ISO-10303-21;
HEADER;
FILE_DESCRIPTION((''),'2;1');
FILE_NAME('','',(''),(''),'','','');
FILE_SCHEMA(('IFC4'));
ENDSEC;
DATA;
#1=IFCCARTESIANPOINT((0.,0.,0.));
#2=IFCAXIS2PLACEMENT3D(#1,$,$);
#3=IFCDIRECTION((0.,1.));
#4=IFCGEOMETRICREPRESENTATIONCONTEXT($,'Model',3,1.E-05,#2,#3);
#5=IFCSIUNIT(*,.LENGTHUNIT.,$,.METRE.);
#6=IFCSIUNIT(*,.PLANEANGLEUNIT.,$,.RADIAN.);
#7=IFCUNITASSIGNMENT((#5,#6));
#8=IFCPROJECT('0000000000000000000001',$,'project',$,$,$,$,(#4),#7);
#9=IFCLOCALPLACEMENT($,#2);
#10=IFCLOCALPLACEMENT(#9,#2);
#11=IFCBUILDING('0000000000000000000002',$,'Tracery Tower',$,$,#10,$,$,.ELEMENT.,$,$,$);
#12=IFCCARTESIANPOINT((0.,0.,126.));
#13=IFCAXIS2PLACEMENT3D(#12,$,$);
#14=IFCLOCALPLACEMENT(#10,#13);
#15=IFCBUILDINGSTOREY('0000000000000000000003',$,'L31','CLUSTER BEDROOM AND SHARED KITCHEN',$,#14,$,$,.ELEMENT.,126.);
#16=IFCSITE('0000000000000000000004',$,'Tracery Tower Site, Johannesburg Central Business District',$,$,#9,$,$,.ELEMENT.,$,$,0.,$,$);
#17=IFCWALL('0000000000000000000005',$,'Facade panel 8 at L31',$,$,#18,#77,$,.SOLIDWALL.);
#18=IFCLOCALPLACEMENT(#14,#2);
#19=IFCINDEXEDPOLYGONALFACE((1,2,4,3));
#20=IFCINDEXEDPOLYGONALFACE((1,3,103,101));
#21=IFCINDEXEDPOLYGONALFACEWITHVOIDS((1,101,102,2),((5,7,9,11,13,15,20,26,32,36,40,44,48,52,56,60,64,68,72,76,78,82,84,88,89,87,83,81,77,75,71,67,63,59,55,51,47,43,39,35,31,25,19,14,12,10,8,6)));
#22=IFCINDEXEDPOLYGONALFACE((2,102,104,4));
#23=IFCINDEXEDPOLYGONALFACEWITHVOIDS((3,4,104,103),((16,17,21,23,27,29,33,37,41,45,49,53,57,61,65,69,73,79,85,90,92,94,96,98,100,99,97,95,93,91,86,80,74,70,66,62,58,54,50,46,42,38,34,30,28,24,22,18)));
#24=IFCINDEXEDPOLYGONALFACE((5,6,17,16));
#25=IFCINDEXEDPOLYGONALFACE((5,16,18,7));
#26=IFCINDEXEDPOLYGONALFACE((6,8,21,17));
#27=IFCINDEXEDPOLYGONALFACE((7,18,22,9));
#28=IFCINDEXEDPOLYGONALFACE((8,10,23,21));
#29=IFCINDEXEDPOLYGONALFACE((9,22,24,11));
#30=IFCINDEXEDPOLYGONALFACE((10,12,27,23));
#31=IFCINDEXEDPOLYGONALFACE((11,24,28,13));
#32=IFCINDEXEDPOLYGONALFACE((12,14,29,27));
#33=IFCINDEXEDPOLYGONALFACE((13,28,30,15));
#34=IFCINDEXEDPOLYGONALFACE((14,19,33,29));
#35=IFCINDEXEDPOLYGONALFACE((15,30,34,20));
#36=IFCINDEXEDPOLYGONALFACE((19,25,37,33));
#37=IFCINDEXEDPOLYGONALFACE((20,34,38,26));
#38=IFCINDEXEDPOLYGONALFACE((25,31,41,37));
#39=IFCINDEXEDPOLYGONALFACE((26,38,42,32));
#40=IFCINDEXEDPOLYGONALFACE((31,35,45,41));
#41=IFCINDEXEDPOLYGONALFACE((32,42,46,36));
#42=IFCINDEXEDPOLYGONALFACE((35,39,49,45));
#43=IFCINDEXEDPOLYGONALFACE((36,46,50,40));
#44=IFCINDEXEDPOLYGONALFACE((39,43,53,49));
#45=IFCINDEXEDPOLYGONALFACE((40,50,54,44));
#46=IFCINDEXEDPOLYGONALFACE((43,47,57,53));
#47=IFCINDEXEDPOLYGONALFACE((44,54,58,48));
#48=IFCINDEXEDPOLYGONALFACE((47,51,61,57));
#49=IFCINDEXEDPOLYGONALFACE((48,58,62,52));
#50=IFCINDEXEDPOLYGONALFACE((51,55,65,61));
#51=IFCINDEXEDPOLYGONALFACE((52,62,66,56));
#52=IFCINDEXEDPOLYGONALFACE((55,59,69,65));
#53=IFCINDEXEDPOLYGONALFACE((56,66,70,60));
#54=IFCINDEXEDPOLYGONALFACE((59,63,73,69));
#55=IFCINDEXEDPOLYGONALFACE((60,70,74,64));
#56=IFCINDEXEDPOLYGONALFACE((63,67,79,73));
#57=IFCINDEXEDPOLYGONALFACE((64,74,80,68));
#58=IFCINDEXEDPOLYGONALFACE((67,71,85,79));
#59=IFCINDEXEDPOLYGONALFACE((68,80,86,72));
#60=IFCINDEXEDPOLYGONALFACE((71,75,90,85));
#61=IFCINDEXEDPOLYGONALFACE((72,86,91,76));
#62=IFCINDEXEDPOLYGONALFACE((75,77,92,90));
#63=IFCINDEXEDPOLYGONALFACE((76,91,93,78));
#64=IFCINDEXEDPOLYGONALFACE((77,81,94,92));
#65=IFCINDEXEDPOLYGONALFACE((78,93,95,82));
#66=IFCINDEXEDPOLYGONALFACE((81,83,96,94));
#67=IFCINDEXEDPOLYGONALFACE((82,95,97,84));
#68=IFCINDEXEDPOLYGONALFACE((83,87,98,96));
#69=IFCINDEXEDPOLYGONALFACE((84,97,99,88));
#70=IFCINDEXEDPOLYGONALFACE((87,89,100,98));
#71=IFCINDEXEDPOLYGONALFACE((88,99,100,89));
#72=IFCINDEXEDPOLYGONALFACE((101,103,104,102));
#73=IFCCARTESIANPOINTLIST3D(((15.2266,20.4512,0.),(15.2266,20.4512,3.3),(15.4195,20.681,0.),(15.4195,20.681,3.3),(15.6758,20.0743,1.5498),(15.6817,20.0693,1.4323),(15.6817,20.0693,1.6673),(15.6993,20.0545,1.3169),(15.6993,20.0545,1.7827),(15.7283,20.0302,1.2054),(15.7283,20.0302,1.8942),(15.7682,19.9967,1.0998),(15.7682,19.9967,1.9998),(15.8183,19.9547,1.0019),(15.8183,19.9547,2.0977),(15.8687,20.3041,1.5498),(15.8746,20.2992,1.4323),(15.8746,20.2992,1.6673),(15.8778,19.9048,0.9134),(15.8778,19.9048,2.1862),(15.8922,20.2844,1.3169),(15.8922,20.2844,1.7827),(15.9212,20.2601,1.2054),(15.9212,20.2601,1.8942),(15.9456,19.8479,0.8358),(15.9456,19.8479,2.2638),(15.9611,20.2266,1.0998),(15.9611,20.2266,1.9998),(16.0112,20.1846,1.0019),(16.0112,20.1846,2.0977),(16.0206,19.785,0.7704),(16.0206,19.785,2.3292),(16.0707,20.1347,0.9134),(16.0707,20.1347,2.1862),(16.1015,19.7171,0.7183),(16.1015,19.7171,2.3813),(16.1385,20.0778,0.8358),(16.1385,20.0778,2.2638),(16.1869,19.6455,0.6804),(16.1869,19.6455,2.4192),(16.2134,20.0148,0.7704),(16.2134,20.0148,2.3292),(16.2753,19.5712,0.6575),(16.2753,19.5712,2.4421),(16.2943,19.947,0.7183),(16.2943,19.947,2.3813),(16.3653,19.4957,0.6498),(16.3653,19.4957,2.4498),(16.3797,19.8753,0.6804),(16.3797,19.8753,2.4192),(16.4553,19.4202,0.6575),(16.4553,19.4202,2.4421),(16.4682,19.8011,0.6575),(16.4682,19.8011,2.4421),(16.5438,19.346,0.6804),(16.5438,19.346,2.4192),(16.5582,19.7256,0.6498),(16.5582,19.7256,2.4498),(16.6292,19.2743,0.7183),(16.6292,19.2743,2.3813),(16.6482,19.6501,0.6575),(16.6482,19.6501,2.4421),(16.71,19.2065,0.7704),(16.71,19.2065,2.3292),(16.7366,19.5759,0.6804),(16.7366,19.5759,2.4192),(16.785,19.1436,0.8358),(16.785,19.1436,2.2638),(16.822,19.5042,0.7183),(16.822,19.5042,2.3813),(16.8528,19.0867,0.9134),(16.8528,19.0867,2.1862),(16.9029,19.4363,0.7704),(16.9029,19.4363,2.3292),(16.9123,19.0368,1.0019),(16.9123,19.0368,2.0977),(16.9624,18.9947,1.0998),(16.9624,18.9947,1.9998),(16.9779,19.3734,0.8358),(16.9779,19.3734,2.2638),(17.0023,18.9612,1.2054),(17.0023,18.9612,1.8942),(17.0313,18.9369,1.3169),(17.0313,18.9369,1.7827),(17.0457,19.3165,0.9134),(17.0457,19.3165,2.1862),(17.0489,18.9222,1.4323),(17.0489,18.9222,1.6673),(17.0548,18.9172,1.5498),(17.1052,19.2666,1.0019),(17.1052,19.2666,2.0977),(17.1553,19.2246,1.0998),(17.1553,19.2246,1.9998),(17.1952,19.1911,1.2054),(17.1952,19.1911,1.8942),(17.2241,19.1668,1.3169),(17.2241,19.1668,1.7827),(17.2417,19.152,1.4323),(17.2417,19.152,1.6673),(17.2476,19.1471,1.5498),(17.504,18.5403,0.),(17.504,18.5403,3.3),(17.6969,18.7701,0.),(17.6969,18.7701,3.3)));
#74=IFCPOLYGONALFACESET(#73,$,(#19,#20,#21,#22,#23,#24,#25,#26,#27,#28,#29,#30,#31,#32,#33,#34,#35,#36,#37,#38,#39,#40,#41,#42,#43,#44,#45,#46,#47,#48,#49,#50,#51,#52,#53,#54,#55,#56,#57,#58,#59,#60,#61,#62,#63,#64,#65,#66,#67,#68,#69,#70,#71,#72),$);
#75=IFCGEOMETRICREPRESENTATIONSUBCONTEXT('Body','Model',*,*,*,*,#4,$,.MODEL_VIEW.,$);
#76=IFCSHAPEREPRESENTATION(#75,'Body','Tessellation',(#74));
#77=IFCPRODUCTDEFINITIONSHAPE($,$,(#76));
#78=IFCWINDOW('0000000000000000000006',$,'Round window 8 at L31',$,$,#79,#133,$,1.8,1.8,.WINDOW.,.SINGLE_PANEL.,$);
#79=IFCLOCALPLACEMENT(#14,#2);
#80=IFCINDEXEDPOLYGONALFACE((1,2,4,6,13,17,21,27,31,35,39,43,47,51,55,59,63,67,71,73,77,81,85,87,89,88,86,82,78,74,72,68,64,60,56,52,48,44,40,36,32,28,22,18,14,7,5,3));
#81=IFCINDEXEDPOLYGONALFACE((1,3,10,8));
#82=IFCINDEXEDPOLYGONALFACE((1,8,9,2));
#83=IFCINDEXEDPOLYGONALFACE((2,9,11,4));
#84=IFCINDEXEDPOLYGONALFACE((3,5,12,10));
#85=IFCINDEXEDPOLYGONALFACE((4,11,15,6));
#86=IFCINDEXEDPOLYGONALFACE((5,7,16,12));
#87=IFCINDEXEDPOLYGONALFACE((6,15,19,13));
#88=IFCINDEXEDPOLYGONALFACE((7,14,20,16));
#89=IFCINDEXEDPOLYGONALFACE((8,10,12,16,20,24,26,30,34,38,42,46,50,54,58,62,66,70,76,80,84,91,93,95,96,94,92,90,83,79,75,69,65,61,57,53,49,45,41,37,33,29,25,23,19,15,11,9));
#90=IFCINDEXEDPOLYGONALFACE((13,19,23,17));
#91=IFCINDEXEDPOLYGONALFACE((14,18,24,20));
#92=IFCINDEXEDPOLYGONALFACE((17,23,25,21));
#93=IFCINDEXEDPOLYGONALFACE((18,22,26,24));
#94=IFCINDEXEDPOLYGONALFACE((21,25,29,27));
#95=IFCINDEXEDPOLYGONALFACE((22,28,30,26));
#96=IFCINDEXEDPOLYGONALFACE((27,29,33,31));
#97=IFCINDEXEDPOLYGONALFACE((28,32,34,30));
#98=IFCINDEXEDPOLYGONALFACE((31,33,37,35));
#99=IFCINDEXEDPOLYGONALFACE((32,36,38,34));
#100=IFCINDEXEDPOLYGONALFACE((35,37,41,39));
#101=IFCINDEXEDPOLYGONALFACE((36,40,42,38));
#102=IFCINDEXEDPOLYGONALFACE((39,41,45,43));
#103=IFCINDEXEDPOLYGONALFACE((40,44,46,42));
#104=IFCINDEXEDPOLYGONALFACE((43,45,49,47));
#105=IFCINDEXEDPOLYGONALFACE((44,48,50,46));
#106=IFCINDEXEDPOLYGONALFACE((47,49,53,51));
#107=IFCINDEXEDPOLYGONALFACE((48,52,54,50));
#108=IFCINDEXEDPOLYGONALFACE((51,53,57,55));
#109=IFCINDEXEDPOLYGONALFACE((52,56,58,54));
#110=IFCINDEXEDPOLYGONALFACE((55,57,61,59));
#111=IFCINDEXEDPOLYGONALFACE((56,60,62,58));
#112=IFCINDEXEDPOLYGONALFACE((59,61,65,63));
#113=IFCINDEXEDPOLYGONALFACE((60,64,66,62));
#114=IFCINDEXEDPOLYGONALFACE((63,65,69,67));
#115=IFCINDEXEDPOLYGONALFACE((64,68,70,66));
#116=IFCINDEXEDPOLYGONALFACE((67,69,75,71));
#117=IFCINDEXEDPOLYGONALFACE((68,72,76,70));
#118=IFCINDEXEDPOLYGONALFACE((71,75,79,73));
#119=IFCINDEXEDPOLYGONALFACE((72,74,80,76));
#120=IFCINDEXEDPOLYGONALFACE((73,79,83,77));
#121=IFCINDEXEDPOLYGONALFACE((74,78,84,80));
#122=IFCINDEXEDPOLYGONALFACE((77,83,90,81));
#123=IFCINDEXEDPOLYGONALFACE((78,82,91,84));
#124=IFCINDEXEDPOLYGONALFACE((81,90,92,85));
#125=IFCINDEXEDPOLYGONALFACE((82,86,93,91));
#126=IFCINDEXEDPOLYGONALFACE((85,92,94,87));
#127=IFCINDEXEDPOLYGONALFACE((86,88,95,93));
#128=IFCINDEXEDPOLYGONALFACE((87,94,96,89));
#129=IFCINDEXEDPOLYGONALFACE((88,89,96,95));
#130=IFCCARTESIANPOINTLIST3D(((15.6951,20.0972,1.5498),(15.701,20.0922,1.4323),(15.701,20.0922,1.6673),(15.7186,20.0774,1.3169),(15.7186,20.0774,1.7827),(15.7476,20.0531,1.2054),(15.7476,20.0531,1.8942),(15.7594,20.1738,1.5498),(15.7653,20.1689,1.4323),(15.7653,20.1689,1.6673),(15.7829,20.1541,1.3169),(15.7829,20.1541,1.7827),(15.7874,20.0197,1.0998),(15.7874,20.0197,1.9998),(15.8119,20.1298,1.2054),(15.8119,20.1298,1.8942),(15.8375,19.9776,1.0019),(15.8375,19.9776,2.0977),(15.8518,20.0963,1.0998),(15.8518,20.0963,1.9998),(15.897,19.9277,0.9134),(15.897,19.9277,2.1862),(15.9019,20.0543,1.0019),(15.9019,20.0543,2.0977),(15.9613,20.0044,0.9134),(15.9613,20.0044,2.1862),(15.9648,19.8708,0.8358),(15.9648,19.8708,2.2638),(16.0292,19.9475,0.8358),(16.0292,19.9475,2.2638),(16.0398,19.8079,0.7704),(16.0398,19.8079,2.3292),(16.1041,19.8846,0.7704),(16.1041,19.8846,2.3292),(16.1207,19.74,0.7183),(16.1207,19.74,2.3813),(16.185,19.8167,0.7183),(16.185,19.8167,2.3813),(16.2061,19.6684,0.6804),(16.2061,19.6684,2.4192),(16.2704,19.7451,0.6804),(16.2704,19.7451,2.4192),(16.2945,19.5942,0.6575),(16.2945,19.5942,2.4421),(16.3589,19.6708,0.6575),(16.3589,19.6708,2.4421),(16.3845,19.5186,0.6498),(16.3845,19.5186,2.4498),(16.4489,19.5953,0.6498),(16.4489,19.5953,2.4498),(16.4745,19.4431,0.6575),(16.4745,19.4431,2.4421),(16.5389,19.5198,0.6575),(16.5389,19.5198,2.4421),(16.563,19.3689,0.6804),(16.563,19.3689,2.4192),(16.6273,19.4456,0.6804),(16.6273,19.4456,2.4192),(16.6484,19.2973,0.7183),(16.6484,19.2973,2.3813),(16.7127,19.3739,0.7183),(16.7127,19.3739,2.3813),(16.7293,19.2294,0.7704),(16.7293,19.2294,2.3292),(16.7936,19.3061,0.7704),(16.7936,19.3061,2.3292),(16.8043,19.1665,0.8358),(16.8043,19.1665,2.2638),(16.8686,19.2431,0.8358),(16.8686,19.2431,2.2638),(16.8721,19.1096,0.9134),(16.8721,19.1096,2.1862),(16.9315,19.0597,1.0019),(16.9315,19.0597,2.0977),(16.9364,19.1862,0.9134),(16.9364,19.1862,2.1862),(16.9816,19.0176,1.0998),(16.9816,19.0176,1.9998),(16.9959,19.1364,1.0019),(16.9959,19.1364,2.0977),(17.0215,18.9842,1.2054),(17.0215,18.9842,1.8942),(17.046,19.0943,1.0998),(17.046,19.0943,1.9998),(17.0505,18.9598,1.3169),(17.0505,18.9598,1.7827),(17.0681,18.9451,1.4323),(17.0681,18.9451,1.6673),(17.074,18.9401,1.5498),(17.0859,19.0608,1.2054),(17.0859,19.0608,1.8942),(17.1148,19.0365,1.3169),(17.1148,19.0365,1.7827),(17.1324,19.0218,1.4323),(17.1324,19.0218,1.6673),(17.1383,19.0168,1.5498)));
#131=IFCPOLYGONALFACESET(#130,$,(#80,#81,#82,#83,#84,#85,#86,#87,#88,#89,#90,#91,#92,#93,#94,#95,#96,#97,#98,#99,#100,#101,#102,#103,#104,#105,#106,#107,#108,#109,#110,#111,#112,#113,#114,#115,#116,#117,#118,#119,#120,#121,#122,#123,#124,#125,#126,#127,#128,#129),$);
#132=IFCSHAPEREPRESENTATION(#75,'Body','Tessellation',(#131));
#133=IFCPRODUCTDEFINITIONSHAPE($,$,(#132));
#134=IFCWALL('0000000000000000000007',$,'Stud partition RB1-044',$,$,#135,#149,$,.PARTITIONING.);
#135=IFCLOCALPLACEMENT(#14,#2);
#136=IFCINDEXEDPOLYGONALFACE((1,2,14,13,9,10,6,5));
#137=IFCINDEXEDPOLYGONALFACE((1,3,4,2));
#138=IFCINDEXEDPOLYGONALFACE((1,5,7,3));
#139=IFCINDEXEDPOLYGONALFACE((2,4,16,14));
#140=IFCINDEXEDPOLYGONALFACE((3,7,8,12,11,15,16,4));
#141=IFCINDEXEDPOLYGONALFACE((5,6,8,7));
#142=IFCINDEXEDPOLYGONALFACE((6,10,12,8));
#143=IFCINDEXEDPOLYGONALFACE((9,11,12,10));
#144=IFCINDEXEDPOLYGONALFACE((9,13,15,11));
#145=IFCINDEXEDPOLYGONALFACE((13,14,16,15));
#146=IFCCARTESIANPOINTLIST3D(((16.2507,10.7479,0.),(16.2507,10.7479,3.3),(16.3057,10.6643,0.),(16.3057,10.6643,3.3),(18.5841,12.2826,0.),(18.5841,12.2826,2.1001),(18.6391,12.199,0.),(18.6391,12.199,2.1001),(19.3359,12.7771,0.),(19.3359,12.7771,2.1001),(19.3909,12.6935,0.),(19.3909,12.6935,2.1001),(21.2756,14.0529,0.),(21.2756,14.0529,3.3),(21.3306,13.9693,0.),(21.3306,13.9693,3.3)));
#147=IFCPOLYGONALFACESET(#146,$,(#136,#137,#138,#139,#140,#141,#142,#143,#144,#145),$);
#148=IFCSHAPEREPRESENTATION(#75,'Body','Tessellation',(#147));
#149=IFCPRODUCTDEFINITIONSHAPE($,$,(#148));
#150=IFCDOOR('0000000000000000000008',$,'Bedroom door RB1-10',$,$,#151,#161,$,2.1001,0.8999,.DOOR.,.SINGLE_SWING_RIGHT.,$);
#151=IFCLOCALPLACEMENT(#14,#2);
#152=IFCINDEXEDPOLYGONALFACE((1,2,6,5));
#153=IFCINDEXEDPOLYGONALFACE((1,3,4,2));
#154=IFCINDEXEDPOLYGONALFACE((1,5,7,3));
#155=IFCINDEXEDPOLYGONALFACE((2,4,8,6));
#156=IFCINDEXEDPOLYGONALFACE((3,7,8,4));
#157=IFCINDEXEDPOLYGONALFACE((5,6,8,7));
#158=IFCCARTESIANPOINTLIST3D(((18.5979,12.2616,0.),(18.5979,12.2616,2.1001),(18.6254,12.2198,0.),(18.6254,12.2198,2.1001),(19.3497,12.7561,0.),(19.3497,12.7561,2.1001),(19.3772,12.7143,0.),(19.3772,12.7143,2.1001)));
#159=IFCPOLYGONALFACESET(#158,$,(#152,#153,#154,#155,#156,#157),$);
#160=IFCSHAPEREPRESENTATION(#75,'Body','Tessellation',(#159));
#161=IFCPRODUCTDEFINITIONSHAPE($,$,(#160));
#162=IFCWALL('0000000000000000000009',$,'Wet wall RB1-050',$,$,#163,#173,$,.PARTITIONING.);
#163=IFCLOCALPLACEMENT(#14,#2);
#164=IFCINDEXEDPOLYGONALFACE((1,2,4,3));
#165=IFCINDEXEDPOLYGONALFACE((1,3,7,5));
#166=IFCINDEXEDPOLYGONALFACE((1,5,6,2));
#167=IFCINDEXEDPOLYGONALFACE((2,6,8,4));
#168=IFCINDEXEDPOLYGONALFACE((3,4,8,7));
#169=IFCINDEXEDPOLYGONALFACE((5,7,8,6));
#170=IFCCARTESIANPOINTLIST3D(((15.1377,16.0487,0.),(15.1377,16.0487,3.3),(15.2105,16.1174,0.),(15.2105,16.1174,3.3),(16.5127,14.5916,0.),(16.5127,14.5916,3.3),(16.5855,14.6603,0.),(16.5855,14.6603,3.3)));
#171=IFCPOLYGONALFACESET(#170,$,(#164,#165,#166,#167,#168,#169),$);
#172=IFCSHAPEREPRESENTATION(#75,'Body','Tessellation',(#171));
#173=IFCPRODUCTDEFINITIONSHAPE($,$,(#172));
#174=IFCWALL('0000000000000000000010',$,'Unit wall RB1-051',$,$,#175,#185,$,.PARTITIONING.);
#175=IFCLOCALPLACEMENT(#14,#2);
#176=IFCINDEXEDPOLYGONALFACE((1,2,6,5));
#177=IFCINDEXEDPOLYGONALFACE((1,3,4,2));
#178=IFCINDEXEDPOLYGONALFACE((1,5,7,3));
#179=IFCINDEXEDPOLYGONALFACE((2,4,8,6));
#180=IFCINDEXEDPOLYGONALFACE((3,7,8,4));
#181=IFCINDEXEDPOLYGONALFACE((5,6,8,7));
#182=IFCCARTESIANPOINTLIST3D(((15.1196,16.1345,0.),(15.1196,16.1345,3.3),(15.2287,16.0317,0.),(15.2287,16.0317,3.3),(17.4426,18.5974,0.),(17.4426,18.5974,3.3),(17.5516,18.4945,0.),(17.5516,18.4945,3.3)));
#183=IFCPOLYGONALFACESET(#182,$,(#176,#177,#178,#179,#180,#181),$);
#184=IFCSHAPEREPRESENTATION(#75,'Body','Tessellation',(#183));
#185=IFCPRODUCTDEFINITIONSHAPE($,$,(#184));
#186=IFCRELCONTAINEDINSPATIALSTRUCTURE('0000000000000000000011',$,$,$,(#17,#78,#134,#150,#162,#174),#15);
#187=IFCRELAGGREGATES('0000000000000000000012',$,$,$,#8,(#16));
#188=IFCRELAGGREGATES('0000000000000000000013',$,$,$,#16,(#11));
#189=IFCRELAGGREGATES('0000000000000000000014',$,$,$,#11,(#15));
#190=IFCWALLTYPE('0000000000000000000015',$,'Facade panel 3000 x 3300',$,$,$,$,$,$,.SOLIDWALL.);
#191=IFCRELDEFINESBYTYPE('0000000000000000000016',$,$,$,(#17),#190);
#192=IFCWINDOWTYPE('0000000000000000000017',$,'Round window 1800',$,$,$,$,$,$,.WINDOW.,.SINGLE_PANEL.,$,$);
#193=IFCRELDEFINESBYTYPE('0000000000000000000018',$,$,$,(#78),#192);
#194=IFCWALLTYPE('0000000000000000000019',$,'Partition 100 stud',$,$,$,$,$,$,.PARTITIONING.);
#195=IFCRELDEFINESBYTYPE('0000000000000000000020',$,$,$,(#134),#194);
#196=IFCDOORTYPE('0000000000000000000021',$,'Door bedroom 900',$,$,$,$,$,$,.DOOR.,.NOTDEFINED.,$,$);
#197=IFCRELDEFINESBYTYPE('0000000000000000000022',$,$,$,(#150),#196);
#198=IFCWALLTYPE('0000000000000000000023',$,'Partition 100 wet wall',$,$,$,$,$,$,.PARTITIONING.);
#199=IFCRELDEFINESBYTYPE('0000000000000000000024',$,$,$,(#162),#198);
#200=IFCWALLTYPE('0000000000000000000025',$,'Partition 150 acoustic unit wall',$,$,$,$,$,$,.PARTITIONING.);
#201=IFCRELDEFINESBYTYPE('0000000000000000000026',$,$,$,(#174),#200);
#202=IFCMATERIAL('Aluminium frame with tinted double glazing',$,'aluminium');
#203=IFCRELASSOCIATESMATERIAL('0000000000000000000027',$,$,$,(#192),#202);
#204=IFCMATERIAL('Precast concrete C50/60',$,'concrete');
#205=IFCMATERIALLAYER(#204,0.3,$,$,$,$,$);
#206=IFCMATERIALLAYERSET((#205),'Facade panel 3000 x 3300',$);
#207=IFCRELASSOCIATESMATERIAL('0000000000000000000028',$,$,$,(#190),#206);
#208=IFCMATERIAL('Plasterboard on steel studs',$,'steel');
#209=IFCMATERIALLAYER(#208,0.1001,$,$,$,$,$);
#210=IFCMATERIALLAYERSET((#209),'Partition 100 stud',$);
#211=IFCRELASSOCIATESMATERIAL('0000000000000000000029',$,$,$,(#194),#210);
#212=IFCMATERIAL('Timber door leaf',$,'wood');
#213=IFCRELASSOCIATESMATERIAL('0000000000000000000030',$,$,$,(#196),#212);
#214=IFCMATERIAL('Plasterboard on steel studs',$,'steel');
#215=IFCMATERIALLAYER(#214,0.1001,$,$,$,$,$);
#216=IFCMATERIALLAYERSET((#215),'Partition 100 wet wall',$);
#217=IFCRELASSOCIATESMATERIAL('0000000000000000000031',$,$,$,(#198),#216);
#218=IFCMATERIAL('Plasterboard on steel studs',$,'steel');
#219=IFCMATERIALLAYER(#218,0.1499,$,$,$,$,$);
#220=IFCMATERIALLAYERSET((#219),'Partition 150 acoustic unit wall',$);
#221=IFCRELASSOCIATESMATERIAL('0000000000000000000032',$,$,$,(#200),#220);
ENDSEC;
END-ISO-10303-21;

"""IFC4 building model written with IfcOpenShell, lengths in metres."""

from ifc_helpers import new_model, si_unit, direction, frame, frame_2d, origin, origin_2d, place, context, subcontext, project, spatial, rectangle, circle, extrude, material, layer, layer_set, type_object, element, fill, save


model = new_model("IFC4")

# Units and contexts
model_context = context("Model", 3, precision=1e-05, world=origin(), true_north=direction((0.0, 1.0)))
body_context = subcontext(model_context, "Body", "Model", "MODEL_VIEW")
ifc_project = project(units=[si_unit("LENGTHUNIT", "METRE"), si_unit("PLANEANGLEUNIT", "RADIAN")], contexts=[model_context])

# Site, building, storey
site_placement = place(None, origin())
site = spatial("IfcSite", under=ifc_project, at=site_placement, Name="Tracery Tower Site, Johannesburg Central Business District", CompositionType="ELEMENT", RefElevation=0.0)
building_placement = place(site_placement, origin())
building = spatial("IfcBuilding", under=site, at=building_placement, Name="Tracery Tower", CompositionType="ELEMENT")
storey_placement = place(building_placement, frame((0.0, 0.0, 126.0)))
storey = spatial("IfcBuildingStorey", under=building, at=storey_placement, Name="L31", Description="CLUSTER BEDROOM AND SHARED KITCHEN", CompositionType="ELEMENT", Elevation=126.0)

# Wall, opening, window
ifc_material_1 = material(Name="Aluminium frame with tinted double glazing", Category="aluminium")
window_type = type_object("IfcWindowType", Name="Round window 1800", PartitioningType="SINGLE_PANEL", PredefinedType="WINDOW", material=ifc_material_1)
ifc_material_2 = material(Name="Precast concrete C50/60", Category="concrete")
ifc_layer_1 = layer(ifc_material_2, 0.3)
ifc_layer_set_1 = layer_set([ifc_layer_1], Name="Facade panel 3000 x 3300")
wall_type_1 = type_object("IfcWallType", Name="Facade panel 3000 x 3300", PredefinedType="SOLIDWALL", material=ifc_layer_set_1)
wall_1_placement = place(storey_placement, frame((17.6003, 18.6553, 0.0), z_axis=(0.0, 0.0, 1.0), x_axis=(-0.766049, 0.642782, 0.0)))
wall_1 = element("IfcWall", 1, at=wall_1_placement, inside=storey, type_object=wall_type_1, Name="Facade panel 8 at L31", PredefinedType="SOLIDWALL", context=body_context, shape_type="SweptSolid", body=[
    extrude(rectangle(XDim=2.9729, YDim=0.3, at=frame_2d((1.4863, 0.0))), origin(), (0.0, 0.0, 1.0), 3.3),
])
opening_1_placement = place(wall_1_placement, frame((1.4863, 0.0, 1.5498)))
opening_1 = element("IfcOpeningElement", 2, at=opening_1_placement, cuts=wall_1, PredefinedType="OPENING", context=body_context, shape_type="SweptSolid", body=[
    extrude(circle(Radius=0.9, at=origin_2d()), frame((0.0, 0.1599, 0.0), z_axis=(0.0, -1.0, 0.0), x_axis=(1.0, 0.0, 0.0)), (0.0, 0.0, 1.0), 0.3201),
])
window_1_placement = place(opening_1_placement, origin())
window_1 = element("IfcWindow", 3, at=window_1_placement, inside=storey, type_object=window_type, Name="Round window 8 at L31", OverallHeight=1.8, OverallWidth=1.8, PartitioningType="SINGLE_PANEL", PredefinedType="WINDOW", context=body_context, shape_type="SweptSolid", body=[
    extrude(circle(Radius=0.9, at=origin_2d()), frame((0.0, 0.1201, 0.0), z_axis=(0.0, -1.0, 0.0), x_axis=(1.0, 0.0, 0.0)), (0.0, 0.0, 1.0), 0.1001),
])
fill(opening_1, window_1)

# Wall, opening, door
ifc_material_3 = material(Name="Plasterboard on steel studs", Category="steel")
ifc_layer_2 = layer(ifc_material_3, 0.1001)
ifc_layer_set_2 = layer_set([ifc_layer_2], Name="Partition 100 stud")
wall_type_2 = type_object("IfcWallType", Name="Partition 100 stud", PredefinedType="PARTITIONING", material=ifc_layer_set_2)
wall_2_placement = place(storey_placement, frame((16.2781, 10.7061, 0.0), z_axis=(0.0, 0.0, 1.0), x_axis=(0.835488, 0.549509, 0.0)))
wall_2 = element("IfcWall", 4, at=wall_2_placement, inside=storey, type_object=wall_type_2, Name="Stud partition RB1-044", PredefinedType="PARTITIONING", context=body_context, shape_type="SweptSolid", body=[
    extrude(rectangle(XDim=6.0144, YDim=0.1001, at=frame_2d((3.0073, 0.0))), origin(), (0.0, 0.0, 1.0), 3.3),
])
opening_2_placement = place(wall_2_placement, frame((2.793, 0.0, 0.0)))
opening_2 = element("IfcOpeningElement", 5, at=opening_2_placement, cuts=wall_2, PredefinedType="OPENING", context=body_context, shape_type="SweptSolid", body=[
    extrude(rectangle(XDim=0.8999, YDim=2.1001, at=frame_2d((0.45, 1.05))), frame((0.0, 0.05, 0.0), z_axis=(0.0, -1.0, 0.0), x_axis=(1.0, 0.0, 0.0)), (0.0, 0.0, 1.0), 0.1001),
])
ifc_material_4 = material(Name="Timber door leaf", Category="wood")
door_type_1 = type_object("IfcDoorType", Name="Door bedroom 900", OperationType="NOTDEFINED", PredefinedType="DOOR", material=ifc_material_4)
door_1_placement = place(opening_2_placement, origin())
door_1 = element("IfcDoor", 6, at=door_1_placement, inside=storey, type_object=door_type_1, Name="Bedroom door RB1-10", OperationType="SINGLE_SWING_RIGHT", OverallHeight=2.1001, OverallWidth=0.8999, PredefinedType="DOOR", context=body_context, shape_type="SweptSolid", body=[
    extrude(rectangle(XDim=0.8999, YDim=2.1001, at=frame_2d((0.45, 1.05))), frame((0.0, 0.0249, 0.0), z_axis=(0.0, -1.0, 0.0), x_axis=(1.0, 0.0, 0.0)), (0.0, 0.0, 1.0), 0.05),
])
fill(opening_2, door_1)

# Walls
ifc_material_5 = material(Name="Plasterboard on steel studs", Category="steel")
ifc_layer_3 = layer(ifc_material_5, 0.1001)
ifc_layer_set_3 = layer_set([ifc_layer_3], Name="Partition 100 wet wall")
wall_type_3 = type_object("IfcWallType", Name="Partition 100 wet wall", PredefinedType="PARTITIONING", material=ifc_layer_set_3)
wall_3_placement = place(storey_placement, frame((15.1741, 16.083, 0.0), z_axis=(0.0, 0.0, 1.0), x_axis=(0.686337, -0.727283, 0.0)))
element("IfcWall", 7, at=wall_3_placement, inside=storey, type_object=wall_type_3, Name="Wet wall RB1-050", PredefinedType="PARTITIONING", context=body_context, shape_type="SweptSolid", body=[
    extrude(rectangle(XDim=2.0034, YDim=0.1001, at=frame_2d((1.0017, 0.0))), origin(), (0.0, 0.0, 1.0), 3.3),
])
ifc_material_6 = material(Name="Plasterboard on steel studs", Category="steel")
ifc_layer_4 = layer(ifc_material_6, 0.1499)
ifc_layer_set_4 = layer_set([ifc_layer_4], Name="Partition 150 acoustic unit wall")
wall_type_4 = type_object("IfcWallType", Name="Partition 150 acoustic unit wall", PredefinedType="PARTITIONING", material=ifc_layer_set_4)
wall_4_placement = place(storey_placement, frame((15.1741, 16.083, 0.0), z_axis=(0.0, 0.0, 1.0), x_axis=(0.686145, 0.727465, 0.0)))
element("IfcWall", 8, at=wall_4_placement, inside=storey, type_object=wall_type_4, Name="Unit wall RB1-051", PredefinedType="PARTITIONING", context=body_context, shape_type="SweptSolid", body=[
    extrude(rectangle(XDim=3.3855, YDim=0.1499, at=frame_2d((1.6929, 0.0))), origin(), (0.0, 0.0, 1.0), 3.3),
])

save(model, "model.ifc")
